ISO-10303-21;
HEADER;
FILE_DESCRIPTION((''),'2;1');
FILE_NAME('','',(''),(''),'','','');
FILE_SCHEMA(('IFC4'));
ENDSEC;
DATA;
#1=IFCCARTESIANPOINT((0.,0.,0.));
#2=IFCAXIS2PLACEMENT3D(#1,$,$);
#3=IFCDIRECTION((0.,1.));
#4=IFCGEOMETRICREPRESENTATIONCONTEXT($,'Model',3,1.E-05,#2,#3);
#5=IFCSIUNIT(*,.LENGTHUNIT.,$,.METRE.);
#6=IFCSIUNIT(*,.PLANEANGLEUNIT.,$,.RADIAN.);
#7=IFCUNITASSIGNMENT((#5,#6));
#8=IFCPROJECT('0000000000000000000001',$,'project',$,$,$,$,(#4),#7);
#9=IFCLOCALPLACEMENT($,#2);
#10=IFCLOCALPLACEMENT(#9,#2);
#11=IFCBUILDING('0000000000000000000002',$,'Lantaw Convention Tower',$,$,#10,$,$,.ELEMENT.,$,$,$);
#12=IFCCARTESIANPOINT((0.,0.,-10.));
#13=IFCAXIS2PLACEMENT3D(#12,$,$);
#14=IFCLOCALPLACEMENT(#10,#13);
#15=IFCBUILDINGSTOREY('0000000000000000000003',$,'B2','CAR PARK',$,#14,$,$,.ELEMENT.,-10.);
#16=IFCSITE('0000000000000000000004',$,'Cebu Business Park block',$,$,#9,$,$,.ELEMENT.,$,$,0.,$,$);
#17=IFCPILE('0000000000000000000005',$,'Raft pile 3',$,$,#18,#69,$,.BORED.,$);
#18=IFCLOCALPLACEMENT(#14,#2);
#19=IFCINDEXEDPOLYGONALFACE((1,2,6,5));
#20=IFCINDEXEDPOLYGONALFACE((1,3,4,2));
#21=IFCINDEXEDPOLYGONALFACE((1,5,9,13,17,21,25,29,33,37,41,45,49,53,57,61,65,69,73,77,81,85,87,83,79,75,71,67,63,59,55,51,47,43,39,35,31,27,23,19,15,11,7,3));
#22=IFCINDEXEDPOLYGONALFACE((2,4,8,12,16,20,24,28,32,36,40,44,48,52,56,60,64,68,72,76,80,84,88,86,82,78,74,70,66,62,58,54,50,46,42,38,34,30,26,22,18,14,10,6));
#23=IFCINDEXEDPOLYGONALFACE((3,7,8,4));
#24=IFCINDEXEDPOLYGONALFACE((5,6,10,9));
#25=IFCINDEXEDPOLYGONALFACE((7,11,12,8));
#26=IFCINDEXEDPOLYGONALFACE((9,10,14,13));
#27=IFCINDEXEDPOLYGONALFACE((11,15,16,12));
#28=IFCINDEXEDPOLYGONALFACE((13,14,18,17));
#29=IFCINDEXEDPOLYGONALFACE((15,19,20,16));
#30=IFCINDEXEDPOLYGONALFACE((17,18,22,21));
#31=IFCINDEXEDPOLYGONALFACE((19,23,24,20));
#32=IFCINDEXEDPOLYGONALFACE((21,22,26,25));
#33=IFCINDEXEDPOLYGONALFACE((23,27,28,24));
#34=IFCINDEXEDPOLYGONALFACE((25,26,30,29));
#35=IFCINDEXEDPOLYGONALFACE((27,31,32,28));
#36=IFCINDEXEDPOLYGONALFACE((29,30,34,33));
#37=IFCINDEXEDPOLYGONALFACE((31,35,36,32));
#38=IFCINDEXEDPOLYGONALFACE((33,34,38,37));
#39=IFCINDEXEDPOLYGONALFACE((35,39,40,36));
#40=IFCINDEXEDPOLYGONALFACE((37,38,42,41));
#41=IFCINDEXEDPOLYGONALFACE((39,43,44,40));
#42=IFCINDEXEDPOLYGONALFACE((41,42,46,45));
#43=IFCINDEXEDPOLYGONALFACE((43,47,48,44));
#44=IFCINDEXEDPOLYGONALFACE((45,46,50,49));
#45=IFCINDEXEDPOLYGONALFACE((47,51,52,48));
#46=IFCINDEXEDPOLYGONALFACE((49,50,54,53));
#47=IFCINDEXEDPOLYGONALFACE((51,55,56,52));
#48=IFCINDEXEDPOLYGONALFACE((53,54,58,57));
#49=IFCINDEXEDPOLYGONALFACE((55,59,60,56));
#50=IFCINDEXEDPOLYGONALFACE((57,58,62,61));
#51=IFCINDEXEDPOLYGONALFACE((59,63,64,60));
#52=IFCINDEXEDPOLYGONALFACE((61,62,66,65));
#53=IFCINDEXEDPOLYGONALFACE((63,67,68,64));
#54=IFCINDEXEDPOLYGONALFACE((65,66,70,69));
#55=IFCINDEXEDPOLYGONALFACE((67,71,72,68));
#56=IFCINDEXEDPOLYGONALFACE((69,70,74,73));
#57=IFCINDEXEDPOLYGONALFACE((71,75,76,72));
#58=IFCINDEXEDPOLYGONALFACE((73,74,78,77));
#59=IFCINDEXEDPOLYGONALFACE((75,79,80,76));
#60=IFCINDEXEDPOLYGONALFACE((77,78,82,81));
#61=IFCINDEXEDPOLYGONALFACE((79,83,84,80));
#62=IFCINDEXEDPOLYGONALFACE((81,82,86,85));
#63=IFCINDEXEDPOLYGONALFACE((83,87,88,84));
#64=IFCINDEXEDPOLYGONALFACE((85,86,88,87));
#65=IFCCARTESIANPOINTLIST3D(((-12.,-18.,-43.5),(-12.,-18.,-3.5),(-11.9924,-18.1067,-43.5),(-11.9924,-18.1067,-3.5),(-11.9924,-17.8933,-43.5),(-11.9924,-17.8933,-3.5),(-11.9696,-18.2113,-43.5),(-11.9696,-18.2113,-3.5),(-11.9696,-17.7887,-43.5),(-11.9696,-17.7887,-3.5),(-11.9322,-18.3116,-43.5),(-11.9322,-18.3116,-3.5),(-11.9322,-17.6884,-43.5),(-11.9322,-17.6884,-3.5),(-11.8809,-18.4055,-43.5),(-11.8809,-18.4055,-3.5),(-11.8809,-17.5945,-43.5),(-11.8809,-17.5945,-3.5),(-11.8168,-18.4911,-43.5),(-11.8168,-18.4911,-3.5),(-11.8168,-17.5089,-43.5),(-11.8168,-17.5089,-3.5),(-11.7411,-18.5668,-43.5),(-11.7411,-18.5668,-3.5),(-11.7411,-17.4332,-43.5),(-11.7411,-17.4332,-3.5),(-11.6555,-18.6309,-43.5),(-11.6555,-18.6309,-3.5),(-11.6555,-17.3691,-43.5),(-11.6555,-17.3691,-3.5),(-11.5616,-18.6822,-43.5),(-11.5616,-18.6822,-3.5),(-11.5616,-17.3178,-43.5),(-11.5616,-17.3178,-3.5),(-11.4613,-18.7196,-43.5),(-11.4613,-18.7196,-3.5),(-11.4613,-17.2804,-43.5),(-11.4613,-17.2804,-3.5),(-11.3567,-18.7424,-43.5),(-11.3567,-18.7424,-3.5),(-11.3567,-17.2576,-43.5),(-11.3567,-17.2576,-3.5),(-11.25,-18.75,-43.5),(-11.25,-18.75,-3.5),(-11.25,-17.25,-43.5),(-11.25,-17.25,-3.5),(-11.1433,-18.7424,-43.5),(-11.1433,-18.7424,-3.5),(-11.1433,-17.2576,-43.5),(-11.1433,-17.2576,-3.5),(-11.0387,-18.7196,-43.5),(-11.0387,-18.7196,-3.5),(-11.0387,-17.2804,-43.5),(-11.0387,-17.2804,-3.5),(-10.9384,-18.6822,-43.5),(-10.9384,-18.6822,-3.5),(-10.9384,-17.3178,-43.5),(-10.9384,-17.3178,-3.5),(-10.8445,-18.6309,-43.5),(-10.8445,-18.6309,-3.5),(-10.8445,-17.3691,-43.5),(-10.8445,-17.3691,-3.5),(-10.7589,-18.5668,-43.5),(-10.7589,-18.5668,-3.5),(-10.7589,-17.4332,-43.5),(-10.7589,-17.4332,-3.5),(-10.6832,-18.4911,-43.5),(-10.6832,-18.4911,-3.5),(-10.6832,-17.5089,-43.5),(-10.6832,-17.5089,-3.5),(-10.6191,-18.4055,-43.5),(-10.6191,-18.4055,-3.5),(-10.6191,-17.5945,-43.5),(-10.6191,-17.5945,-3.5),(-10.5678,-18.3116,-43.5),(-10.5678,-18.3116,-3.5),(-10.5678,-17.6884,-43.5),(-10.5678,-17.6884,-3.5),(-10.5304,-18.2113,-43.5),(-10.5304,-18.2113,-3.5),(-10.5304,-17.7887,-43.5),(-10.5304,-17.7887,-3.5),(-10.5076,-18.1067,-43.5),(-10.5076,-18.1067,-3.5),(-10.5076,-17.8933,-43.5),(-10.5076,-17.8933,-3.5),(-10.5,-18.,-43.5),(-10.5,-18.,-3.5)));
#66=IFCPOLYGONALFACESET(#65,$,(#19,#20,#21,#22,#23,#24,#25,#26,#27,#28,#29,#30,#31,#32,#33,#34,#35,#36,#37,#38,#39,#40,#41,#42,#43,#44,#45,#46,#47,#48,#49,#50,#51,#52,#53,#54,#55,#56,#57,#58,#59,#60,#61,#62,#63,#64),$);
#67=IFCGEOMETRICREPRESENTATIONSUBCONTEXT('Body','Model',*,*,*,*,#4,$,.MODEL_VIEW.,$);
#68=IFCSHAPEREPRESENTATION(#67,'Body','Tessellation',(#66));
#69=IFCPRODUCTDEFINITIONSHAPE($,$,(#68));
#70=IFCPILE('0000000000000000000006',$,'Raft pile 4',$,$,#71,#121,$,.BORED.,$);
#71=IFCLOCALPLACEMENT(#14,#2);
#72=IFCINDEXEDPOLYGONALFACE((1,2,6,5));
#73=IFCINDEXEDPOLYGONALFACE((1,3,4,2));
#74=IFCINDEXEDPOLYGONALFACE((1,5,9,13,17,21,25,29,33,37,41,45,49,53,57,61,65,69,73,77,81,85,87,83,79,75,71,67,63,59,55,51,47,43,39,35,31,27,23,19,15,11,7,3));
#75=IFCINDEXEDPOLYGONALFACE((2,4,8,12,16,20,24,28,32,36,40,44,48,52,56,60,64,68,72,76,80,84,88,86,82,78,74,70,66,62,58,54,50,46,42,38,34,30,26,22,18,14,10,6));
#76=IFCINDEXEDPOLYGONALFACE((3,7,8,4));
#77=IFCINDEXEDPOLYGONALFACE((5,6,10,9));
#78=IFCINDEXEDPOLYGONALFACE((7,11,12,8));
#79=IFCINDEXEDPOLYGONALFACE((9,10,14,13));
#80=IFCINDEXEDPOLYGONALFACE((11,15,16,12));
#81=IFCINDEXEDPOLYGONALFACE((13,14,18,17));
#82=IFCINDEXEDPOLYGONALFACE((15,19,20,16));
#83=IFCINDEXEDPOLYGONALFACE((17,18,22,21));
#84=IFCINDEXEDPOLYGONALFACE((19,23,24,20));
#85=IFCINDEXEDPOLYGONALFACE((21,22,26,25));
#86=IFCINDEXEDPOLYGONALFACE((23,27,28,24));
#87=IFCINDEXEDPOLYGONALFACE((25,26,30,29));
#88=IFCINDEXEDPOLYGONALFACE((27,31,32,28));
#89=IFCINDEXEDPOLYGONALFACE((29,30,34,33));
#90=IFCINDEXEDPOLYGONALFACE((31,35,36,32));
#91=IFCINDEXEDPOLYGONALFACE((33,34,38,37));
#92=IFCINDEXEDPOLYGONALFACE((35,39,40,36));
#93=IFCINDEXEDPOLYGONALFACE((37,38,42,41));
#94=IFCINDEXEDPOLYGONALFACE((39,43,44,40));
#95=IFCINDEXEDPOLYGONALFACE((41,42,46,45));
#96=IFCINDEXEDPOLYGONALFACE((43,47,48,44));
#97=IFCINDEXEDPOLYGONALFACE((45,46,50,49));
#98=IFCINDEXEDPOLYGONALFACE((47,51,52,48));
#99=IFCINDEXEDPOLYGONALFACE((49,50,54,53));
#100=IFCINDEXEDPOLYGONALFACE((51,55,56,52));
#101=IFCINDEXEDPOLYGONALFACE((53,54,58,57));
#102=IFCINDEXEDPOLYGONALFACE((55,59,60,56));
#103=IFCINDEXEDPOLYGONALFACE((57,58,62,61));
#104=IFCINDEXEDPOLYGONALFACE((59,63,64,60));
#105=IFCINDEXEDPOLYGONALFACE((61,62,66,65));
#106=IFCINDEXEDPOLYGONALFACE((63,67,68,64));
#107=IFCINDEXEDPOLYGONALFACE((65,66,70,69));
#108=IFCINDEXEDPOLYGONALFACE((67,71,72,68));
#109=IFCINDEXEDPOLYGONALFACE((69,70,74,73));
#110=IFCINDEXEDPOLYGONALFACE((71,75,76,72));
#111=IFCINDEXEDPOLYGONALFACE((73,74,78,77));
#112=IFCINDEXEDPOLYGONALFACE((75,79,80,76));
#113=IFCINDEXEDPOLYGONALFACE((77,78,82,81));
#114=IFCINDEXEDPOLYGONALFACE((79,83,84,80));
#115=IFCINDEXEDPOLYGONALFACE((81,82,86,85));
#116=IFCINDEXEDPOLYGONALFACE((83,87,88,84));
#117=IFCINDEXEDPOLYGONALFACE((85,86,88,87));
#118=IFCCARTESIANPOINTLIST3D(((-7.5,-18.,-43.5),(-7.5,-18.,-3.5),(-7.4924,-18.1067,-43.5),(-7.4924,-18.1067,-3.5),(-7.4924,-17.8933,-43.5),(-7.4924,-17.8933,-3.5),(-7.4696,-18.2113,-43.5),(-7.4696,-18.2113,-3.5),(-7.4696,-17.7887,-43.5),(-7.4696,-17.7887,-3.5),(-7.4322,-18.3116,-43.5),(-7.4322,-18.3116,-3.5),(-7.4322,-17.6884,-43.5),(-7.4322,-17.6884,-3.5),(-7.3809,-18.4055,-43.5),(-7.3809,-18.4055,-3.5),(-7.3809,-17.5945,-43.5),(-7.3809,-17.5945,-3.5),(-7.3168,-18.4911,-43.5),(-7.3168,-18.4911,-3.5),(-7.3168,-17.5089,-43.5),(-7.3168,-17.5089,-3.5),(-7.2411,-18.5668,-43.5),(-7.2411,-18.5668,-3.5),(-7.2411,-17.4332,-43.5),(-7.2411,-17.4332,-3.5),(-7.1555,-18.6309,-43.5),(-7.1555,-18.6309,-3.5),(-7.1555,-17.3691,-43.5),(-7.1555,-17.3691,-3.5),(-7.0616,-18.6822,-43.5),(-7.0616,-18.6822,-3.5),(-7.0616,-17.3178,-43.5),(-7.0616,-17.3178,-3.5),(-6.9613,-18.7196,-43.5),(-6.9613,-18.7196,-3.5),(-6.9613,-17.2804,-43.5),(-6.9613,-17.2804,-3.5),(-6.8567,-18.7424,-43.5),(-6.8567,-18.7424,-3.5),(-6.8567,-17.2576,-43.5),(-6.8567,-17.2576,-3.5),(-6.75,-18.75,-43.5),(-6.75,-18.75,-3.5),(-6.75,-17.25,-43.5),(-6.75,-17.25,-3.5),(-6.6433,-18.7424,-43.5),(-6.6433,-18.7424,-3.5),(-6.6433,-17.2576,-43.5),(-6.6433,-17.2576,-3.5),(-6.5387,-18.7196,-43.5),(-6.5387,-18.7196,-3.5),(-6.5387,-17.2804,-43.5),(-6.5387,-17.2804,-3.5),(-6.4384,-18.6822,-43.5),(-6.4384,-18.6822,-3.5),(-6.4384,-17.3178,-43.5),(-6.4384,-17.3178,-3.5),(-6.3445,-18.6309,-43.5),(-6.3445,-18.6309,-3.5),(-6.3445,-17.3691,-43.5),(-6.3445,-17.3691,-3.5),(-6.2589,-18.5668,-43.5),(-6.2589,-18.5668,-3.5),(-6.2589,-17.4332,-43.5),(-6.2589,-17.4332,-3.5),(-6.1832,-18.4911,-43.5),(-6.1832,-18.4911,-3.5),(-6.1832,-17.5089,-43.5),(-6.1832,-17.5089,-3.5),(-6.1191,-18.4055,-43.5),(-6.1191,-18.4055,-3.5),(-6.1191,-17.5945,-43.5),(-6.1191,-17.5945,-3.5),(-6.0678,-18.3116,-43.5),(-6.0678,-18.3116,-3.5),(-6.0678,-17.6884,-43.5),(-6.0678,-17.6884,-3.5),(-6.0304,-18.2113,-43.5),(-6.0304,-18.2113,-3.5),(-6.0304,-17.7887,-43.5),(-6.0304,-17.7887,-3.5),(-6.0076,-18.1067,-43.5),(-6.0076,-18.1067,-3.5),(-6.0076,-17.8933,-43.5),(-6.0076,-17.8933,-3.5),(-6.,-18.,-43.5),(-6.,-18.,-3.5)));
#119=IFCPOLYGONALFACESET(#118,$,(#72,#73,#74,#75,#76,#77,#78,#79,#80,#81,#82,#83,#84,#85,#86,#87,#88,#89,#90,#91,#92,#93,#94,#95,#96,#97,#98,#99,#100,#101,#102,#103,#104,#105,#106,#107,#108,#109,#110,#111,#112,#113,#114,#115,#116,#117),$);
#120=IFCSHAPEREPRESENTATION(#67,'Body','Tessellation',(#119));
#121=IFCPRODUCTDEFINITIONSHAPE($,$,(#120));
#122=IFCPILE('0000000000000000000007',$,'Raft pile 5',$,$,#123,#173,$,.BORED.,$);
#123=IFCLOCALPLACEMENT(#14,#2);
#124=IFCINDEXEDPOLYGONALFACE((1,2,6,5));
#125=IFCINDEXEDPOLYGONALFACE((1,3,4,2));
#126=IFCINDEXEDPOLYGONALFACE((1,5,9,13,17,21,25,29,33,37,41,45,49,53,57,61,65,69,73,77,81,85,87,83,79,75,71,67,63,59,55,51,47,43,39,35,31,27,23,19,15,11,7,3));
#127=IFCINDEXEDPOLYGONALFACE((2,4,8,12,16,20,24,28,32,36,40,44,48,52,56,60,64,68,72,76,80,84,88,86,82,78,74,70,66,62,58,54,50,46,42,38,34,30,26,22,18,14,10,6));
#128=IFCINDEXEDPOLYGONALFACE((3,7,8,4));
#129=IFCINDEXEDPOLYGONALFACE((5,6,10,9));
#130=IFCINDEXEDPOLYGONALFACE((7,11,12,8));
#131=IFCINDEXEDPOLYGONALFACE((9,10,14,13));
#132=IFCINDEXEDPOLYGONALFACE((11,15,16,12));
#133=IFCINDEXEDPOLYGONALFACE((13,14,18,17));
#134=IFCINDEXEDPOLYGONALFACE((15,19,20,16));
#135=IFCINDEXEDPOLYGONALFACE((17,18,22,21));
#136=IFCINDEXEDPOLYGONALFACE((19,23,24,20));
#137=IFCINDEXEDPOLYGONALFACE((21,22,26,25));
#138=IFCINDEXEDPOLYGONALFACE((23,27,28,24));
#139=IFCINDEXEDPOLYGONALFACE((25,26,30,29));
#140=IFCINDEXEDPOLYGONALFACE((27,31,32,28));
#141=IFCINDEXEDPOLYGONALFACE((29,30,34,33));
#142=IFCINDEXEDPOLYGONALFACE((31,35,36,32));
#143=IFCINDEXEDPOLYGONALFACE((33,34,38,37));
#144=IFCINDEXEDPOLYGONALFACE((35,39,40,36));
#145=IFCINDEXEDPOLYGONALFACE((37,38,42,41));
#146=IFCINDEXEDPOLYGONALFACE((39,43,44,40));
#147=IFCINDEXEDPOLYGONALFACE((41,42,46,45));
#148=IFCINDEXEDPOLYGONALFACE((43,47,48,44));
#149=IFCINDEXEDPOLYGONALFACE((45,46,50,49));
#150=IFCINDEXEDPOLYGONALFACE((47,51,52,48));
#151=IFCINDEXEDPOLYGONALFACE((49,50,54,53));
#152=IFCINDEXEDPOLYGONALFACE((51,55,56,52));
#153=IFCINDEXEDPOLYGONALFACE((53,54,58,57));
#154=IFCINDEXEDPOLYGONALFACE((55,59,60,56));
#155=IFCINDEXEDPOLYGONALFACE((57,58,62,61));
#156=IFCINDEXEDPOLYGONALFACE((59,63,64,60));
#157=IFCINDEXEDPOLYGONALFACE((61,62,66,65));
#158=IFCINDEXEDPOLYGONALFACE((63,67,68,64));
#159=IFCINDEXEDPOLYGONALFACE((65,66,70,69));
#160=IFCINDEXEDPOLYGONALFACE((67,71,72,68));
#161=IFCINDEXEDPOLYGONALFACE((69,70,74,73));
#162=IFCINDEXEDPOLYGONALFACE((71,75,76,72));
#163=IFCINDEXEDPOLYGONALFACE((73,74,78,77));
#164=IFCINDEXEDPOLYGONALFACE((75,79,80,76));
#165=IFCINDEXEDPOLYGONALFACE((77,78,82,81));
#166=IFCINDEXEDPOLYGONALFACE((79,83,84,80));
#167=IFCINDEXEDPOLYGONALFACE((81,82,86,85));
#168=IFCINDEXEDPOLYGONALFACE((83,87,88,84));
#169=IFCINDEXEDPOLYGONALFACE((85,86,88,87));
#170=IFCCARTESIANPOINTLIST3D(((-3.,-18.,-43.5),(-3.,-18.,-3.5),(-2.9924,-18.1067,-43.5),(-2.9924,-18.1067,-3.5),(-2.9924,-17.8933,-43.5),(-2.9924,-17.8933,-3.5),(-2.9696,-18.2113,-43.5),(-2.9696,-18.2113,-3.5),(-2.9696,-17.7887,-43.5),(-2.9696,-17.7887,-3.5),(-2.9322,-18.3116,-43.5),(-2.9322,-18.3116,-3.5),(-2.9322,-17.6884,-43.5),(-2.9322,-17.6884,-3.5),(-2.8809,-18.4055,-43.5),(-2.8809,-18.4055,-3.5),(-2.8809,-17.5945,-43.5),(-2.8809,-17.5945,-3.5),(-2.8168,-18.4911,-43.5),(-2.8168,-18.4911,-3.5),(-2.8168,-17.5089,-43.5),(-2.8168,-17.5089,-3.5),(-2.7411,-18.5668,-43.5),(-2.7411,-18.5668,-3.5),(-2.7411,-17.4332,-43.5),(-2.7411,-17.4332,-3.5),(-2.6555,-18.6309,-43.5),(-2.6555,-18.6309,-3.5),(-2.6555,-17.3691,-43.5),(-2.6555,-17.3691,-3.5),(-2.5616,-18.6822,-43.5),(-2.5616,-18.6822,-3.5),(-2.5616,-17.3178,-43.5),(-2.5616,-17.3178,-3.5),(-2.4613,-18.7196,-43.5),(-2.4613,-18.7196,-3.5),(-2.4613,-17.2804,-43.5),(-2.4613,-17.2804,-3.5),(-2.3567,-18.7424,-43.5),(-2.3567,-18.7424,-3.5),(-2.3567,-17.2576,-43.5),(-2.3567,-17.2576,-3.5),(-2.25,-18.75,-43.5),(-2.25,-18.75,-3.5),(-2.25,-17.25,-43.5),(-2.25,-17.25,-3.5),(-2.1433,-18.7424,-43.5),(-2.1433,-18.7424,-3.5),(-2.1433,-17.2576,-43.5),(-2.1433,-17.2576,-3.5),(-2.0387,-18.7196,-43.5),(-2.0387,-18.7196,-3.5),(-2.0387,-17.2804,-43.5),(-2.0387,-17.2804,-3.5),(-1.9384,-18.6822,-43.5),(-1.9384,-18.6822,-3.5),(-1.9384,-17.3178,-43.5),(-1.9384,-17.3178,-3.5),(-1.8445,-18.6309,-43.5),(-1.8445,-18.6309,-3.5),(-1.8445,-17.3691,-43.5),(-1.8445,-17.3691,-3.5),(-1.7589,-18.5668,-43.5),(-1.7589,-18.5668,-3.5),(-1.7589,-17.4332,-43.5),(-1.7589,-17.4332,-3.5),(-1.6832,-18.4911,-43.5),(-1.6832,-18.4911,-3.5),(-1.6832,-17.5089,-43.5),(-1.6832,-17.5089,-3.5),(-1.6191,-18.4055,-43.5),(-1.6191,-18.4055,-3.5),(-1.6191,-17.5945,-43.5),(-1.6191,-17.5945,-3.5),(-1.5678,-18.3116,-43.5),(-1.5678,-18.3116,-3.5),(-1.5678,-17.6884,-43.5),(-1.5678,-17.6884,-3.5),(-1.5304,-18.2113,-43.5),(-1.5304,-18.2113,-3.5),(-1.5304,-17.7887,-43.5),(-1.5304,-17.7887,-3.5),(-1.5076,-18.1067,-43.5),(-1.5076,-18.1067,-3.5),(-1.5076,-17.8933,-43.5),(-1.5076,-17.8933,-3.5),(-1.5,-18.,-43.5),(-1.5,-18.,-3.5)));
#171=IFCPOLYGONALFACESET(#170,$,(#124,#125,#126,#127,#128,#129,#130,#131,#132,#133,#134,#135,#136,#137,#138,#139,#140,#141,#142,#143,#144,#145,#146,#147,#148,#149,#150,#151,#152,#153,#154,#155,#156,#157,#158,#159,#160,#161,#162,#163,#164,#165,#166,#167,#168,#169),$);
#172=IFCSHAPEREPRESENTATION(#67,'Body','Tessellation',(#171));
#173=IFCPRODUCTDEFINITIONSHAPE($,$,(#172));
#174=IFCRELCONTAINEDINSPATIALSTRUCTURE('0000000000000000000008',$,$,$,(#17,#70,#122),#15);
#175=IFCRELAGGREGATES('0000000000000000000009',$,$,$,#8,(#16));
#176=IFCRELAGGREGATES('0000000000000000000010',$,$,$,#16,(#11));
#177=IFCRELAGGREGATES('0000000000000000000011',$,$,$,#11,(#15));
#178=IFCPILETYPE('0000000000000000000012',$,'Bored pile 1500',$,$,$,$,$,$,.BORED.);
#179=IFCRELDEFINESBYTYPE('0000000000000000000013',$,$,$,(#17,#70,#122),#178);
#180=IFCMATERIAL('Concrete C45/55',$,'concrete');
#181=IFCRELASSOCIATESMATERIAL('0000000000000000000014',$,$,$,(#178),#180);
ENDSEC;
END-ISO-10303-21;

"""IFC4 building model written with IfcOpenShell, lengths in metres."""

from ifc_helpers import new_model, si_unit, direction, frame, origin, origin_2d, place, context, subcontext, project, spatial, circle, extrude, material, material_profile, profile_set, type_object, element, save


model = new_model("IFC4")

# Units and contexts
model_context = context("Model", 3, precision=1e-05, world=origin(), true_north=direction((0.0, 1.0)))
body_context = subcontext(model_context, "Body", "Model", "MODEL_VIEW")
ifc_project = project(units=[si_unit("LENGTHUNIT", "METRE"), si_unit("PLANEANGLEUNIT", "RADIAN")], contexts=[model_context])

# Site, building, storey
site_placement = place(None, origin())
site = spatial("IfcSite", under=ifc_project, at=site_placement, Name="Cebu Business Park block", CompositionType="ELEMENT", RefElevation=0.0)
building_placement = place(site_placement, origin())
building = spatial("IfcBuilding", under=site, at=building_placement, Name="Lantaw Convention Tower", CompositionType="ELEMENT")
storey_placement = place(building_placement, frame((0.0, 0.0, -10.0)))
storey = spatial("IfcBuildingStorey", under=building, at=storey_placement, Name="B2", Description="CAR PARK", CompositionType="ELEMENT", Elevation=-10.0)

# Piles
ifc_material_1 = material(Name="Concrete C45/55", Category="concrete")
ifc_material_profile_1 = material_profile(ifc_material_1, circle(Radius=0.75, at=origin_2d()), Name="Bored pile 1500")
ifc_profile_set_1 = profile_set([ifc_material_profile_1], Name="Concrete C45/55")
pile_type_1 = type_object("IfcPileType", Name="Bored pile 1500", PredefinedType="BORED", material=ifc_profile_set_1)
for number, where, z_axis, x_axis, name in (
    (1, (-11.25, -18.0, -3.5), (0.0, 0.0, -1.0), (1.0, 0.0, 0.0), "Raft pile 3"),
    (2, (-6.75, -18.0, -3.5), (0.0, 0.0, -1.0), (1.0, 0.0, 0.0), "Raft pile 4"),
    (3, (-2.25, -18.0, -3.5), (0.0, 0.0, -1.0), (1.0, 0.0, 0.0), "Raft pile 5"),
):
    element("IfcPile", number, at=place(storey_placement, frame(where, z_axis=z_axis, x_axis=x_axis)), inside=storey, type_object=pile_type_1, Name=name, PredefinedType="BORED", context=body_context, shape_type="SweptSolid", body=[
        extrude(circle(Radius=0.75, at=origin_2d()), origin(), (0.0, 0.0, 1.0), 40.0),
    ])

save(model, "model.ifc")
